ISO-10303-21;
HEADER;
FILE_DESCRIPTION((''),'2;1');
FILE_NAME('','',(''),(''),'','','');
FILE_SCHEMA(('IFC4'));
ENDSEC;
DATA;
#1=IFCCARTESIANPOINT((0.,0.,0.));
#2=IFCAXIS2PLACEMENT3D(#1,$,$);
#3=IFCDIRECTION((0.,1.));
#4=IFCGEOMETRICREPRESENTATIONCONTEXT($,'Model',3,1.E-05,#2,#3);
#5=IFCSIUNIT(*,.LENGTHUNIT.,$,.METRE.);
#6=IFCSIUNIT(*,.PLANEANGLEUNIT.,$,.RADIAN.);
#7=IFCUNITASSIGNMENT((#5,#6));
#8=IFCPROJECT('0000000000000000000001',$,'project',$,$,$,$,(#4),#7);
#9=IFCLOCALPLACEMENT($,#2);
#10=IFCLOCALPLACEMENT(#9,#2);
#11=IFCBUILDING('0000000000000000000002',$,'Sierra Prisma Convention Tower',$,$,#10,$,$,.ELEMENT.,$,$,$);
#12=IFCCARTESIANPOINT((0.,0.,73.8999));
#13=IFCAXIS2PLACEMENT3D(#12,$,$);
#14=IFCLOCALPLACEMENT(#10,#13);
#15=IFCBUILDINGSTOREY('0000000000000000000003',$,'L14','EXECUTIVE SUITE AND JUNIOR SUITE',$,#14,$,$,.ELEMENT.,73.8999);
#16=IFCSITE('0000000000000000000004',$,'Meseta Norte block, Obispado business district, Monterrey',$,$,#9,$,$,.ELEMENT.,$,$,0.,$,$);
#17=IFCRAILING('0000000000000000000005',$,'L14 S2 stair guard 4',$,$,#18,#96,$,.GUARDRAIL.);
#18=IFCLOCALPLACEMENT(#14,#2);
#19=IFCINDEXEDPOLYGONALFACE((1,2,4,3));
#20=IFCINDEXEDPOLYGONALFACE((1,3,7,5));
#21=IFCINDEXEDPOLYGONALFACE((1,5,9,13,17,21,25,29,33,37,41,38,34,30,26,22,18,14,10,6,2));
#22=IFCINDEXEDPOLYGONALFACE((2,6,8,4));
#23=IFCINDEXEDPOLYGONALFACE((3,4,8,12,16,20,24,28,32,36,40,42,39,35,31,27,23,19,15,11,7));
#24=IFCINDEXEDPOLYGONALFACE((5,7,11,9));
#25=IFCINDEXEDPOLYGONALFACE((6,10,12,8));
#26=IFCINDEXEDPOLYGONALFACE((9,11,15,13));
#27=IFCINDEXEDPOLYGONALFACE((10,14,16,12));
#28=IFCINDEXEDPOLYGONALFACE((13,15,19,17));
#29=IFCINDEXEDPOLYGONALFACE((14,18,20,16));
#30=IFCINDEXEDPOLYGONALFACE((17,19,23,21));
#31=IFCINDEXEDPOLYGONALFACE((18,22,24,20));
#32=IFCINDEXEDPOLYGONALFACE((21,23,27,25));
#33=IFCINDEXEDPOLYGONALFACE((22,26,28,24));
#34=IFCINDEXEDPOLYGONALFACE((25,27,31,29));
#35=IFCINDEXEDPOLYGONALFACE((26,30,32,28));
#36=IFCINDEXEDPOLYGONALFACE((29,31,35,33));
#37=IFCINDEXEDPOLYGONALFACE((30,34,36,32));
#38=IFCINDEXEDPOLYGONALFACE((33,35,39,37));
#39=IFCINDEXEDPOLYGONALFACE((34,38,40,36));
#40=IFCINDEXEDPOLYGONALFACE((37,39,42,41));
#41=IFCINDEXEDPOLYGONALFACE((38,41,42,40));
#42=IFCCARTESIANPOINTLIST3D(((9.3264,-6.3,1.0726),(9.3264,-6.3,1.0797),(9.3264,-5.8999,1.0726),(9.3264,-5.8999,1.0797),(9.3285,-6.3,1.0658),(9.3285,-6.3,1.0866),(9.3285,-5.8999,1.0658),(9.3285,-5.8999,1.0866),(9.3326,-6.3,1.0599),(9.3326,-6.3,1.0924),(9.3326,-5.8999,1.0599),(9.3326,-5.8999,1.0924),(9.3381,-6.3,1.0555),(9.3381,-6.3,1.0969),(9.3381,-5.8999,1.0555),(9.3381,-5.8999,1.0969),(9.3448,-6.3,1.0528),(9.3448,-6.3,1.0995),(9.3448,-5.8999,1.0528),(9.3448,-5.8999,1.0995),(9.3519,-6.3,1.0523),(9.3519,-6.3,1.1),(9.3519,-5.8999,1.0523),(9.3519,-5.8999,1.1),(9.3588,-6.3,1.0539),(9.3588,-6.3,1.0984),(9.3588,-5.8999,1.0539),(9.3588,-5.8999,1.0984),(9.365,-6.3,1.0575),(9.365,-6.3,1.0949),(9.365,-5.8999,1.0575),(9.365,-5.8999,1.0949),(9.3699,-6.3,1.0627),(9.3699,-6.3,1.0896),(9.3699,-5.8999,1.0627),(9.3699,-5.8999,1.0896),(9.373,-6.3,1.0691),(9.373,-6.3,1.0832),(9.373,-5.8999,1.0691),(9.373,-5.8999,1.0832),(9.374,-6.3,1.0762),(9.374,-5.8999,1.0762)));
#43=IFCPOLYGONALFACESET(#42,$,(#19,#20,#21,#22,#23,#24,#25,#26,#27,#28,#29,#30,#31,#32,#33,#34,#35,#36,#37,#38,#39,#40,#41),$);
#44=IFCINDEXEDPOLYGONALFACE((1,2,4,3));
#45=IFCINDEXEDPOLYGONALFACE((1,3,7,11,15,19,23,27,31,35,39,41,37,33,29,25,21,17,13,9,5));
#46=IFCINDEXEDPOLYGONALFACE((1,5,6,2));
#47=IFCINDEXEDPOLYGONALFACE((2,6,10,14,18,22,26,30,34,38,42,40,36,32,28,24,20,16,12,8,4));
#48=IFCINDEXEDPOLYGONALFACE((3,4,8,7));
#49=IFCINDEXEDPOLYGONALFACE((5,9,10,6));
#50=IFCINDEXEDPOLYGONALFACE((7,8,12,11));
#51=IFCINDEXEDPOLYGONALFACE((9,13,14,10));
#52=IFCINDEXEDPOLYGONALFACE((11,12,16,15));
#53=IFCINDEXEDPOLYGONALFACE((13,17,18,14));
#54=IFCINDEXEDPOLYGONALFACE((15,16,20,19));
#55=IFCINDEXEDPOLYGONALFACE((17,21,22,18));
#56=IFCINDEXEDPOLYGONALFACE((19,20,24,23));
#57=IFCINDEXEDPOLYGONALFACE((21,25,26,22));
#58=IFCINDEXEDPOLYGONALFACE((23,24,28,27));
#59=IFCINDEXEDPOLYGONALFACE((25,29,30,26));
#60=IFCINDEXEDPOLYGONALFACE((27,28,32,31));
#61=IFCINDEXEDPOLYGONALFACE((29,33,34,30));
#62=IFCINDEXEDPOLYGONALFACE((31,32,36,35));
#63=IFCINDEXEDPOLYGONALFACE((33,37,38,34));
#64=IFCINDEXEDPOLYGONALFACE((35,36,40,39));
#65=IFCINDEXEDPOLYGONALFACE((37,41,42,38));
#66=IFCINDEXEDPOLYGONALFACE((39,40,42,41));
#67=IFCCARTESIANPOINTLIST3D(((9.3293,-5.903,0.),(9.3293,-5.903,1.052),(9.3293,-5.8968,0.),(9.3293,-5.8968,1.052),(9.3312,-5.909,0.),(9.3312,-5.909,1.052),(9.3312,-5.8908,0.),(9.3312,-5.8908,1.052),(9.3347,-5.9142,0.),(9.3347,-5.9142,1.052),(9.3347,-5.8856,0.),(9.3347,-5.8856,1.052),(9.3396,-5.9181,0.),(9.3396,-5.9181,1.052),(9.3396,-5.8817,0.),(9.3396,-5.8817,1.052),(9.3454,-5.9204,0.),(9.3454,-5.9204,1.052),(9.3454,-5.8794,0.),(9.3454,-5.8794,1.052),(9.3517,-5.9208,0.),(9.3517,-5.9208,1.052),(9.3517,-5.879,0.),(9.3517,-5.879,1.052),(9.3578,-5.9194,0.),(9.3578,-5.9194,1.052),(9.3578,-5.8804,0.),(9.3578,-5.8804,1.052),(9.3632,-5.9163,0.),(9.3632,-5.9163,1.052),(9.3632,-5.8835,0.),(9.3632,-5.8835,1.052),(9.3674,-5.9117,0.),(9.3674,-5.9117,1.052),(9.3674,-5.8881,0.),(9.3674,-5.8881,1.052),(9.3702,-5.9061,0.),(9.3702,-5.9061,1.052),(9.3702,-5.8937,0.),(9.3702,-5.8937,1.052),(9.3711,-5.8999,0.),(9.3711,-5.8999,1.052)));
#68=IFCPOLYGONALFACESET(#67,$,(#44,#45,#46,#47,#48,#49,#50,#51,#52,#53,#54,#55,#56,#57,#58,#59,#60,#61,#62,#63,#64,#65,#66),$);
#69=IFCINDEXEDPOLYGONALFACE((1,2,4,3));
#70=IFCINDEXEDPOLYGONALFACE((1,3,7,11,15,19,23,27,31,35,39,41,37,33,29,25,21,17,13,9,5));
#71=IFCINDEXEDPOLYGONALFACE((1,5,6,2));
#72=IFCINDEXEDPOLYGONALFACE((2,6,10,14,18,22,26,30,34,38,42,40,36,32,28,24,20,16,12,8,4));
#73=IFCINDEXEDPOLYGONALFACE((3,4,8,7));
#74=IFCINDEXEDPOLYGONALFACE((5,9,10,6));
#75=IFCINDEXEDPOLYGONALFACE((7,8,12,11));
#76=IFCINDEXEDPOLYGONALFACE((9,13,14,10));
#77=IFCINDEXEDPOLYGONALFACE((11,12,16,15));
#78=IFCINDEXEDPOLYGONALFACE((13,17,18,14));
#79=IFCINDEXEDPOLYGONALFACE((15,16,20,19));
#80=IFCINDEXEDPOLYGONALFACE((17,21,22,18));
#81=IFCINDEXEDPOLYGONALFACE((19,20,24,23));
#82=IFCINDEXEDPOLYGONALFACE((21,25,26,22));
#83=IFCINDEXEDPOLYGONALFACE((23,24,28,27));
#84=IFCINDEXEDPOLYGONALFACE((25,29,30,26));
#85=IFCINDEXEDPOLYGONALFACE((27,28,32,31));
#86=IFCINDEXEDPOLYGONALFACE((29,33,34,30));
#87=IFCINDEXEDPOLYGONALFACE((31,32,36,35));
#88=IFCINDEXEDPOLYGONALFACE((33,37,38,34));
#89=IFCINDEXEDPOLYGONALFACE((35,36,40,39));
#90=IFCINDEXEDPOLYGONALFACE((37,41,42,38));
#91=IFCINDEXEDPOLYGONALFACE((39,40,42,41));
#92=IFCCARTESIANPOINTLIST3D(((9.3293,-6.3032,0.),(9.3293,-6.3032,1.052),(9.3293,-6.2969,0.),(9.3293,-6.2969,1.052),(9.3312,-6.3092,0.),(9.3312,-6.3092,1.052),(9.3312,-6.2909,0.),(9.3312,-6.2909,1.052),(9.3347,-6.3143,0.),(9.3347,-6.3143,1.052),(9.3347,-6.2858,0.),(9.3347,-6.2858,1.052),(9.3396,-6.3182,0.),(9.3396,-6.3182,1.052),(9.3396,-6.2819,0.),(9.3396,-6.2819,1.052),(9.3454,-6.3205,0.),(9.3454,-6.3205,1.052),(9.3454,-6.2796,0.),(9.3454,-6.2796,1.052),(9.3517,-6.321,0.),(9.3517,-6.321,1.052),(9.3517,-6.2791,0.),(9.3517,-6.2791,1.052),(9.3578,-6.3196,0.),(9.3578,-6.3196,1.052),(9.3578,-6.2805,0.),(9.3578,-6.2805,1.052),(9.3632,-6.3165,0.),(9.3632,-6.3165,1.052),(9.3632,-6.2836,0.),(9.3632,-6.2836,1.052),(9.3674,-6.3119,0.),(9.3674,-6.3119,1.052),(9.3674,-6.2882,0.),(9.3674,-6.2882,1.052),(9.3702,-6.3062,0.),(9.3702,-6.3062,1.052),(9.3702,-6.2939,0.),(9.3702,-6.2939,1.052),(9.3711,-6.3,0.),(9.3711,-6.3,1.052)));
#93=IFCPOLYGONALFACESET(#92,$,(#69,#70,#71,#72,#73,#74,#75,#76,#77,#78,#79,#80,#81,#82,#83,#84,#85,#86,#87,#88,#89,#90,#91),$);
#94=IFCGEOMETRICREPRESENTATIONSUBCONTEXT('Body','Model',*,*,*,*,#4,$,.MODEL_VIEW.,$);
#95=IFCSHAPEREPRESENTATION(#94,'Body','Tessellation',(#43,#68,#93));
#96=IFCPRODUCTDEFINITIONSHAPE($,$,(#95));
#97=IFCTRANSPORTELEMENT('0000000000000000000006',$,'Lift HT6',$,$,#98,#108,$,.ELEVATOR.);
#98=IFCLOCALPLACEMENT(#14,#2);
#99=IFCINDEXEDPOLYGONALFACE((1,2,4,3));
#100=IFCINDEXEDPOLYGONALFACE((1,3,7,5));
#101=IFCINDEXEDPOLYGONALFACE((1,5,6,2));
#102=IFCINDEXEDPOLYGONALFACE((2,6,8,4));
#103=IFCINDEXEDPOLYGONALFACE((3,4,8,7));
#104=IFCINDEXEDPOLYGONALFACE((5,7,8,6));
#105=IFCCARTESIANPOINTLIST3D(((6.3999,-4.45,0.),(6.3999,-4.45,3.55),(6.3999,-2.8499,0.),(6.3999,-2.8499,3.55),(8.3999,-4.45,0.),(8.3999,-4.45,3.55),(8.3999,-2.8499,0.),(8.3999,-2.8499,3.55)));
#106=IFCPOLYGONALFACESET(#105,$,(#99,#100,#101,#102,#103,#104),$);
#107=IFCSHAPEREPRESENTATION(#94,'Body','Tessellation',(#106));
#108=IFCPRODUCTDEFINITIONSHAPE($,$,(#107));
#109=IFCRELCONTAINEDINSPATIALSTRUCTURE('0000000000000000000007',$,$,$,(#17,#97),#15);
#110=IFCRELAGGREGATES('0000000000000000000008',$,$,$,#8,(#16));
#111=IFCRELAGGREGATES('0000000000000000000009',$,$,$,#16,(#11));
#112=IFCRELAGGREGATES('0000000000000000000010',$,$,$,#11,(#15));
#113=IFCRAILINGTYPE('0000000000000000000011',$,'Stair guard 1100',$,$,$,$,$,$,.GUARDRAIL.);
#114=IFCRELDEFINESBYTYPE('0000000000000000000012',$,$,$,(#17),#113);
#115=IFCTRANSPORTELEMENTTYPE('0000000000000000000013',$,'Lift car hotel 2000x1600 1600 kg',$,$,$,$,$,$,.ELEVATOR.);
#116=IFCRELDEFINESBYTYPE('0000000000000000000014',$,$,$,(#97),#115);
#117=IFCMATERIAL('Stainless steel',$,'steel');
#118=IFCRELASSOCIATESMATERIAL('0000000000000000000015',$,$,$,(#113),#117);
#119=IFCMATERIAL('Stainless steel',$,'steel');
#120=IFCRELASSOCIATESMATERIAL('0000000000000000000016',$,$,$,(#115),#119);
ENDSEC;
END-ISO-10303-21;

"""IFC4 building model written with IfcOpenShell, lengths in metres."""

from ifc_helpers import new_model, si_unit, direction, frame, origin, origin_2d, place, context, subcontext, project, spatial, rectangle, circle, extrude, material, type_object, element, save


model = new_model("IFC4")

# Units and contexts
model_context = context("Model", 3, precision=1e-05, world=origin(), true_north=direction((0.0, 1.0)))
body_context = subcontext(model_context, "Body", "Model", "MODEL_VIEW")
ifc_project = project(units=[si_unit("LENGTHUNIT", "METRE"), si_unit("PLANEANGLEUNIT", "RADIAN")], contexts=[model_context])

# Site, building, storey
site_placement = place(None, origin())
site = spatial("IfcSite", under=ifc_project, at=site_placement, Name="Meseta Norte block, Obispado business district, Monterrey", CompositionType="ELEMENT", RefElevation=0.0)
building_placement = place(site_placement, origin())
building = spatial("IfcBuilding", under=site, at=building_placement, Name="Sierra Prisma Convention Tower", CompositionType="ELEMENT")
storey_placement = place(building_placement, frame((0.0, 0.0, 73.8999)))
storey = spatial("IfcBuildingStorey", under=building, at=storey_placement, Name="L14", Description="EXECUTIVE SUITE AND JUNIOR SUITE", CompositionType="ELEMENT", Elevation=73.8999)

# Railing
ifc_material_1 = material(Name="Stainless steel", Category="steel")
railing_type_1 = type_object("IfcRailingType", Name="Stair guard 1100", PredefinedType="GUARDRAIL", material=ifc_material_1)
railing_1_placement = place(storey_placement, frame((9.3501, -5.8999, 0.0)))
element("IfcRailing", 1, at=railing_1_placement, inside=storey, type_object=railing_type_1, Name="L14 S2 stair guard 4", PredefinedType="GUARDRAIL", context=body_context, shape_type="SweptSolid", body=[
    extrude(circle(Radius=0.0239, at=origin_2d()), frame((0.0, 0.0, 1.0762), z_axis=(0.0, -1.0, 0.0), x_axis=(1.0, 0.0, 0.0)), (0.0, 0.0, 1.0), 0.4001),
    extrude(circle(Radius=0.021, at=origin_2d()), origin(), (0.0, 0.0, 1.0), 1.052),
    extrude(circle(Radius=0.021, at=origin_2d()), frame((0.0, -0.4001, 0.0)), (0.0, 0.0, 1.0), 1.052),
])

# Transport element
ifc_material_2 = material(Name="Stainless steel", Category="steel")
transport_element_type = type_object("IfcTransportElementType", Name="Lift car hotel 2000x1600 1600 kg", PredefinedType="ELEVATOR", material=ifc_material_2)
transport_element_placement = place(storey_placement, frame((7.3999, -3.6499, 0.0), z_axis=(0.0, 0.0, 1.0), x_axis=(1.0, 0.0, 0.0)))
element("IfcTransportElement", 2, at=transport_element_placement, inside=storey, type_object=transport_element_type, Name="Lift HT6", PredefinedType="ELEVATOR", context=body_context, shape_type="SweptSolid", body=[
    extrude(rectangle(XDim=2.0, YDim=1.6001, at=origin_2d()), origin(), (0.0, 0.0, 1.0), 3.55),
])

save(model, "model.ifc")
